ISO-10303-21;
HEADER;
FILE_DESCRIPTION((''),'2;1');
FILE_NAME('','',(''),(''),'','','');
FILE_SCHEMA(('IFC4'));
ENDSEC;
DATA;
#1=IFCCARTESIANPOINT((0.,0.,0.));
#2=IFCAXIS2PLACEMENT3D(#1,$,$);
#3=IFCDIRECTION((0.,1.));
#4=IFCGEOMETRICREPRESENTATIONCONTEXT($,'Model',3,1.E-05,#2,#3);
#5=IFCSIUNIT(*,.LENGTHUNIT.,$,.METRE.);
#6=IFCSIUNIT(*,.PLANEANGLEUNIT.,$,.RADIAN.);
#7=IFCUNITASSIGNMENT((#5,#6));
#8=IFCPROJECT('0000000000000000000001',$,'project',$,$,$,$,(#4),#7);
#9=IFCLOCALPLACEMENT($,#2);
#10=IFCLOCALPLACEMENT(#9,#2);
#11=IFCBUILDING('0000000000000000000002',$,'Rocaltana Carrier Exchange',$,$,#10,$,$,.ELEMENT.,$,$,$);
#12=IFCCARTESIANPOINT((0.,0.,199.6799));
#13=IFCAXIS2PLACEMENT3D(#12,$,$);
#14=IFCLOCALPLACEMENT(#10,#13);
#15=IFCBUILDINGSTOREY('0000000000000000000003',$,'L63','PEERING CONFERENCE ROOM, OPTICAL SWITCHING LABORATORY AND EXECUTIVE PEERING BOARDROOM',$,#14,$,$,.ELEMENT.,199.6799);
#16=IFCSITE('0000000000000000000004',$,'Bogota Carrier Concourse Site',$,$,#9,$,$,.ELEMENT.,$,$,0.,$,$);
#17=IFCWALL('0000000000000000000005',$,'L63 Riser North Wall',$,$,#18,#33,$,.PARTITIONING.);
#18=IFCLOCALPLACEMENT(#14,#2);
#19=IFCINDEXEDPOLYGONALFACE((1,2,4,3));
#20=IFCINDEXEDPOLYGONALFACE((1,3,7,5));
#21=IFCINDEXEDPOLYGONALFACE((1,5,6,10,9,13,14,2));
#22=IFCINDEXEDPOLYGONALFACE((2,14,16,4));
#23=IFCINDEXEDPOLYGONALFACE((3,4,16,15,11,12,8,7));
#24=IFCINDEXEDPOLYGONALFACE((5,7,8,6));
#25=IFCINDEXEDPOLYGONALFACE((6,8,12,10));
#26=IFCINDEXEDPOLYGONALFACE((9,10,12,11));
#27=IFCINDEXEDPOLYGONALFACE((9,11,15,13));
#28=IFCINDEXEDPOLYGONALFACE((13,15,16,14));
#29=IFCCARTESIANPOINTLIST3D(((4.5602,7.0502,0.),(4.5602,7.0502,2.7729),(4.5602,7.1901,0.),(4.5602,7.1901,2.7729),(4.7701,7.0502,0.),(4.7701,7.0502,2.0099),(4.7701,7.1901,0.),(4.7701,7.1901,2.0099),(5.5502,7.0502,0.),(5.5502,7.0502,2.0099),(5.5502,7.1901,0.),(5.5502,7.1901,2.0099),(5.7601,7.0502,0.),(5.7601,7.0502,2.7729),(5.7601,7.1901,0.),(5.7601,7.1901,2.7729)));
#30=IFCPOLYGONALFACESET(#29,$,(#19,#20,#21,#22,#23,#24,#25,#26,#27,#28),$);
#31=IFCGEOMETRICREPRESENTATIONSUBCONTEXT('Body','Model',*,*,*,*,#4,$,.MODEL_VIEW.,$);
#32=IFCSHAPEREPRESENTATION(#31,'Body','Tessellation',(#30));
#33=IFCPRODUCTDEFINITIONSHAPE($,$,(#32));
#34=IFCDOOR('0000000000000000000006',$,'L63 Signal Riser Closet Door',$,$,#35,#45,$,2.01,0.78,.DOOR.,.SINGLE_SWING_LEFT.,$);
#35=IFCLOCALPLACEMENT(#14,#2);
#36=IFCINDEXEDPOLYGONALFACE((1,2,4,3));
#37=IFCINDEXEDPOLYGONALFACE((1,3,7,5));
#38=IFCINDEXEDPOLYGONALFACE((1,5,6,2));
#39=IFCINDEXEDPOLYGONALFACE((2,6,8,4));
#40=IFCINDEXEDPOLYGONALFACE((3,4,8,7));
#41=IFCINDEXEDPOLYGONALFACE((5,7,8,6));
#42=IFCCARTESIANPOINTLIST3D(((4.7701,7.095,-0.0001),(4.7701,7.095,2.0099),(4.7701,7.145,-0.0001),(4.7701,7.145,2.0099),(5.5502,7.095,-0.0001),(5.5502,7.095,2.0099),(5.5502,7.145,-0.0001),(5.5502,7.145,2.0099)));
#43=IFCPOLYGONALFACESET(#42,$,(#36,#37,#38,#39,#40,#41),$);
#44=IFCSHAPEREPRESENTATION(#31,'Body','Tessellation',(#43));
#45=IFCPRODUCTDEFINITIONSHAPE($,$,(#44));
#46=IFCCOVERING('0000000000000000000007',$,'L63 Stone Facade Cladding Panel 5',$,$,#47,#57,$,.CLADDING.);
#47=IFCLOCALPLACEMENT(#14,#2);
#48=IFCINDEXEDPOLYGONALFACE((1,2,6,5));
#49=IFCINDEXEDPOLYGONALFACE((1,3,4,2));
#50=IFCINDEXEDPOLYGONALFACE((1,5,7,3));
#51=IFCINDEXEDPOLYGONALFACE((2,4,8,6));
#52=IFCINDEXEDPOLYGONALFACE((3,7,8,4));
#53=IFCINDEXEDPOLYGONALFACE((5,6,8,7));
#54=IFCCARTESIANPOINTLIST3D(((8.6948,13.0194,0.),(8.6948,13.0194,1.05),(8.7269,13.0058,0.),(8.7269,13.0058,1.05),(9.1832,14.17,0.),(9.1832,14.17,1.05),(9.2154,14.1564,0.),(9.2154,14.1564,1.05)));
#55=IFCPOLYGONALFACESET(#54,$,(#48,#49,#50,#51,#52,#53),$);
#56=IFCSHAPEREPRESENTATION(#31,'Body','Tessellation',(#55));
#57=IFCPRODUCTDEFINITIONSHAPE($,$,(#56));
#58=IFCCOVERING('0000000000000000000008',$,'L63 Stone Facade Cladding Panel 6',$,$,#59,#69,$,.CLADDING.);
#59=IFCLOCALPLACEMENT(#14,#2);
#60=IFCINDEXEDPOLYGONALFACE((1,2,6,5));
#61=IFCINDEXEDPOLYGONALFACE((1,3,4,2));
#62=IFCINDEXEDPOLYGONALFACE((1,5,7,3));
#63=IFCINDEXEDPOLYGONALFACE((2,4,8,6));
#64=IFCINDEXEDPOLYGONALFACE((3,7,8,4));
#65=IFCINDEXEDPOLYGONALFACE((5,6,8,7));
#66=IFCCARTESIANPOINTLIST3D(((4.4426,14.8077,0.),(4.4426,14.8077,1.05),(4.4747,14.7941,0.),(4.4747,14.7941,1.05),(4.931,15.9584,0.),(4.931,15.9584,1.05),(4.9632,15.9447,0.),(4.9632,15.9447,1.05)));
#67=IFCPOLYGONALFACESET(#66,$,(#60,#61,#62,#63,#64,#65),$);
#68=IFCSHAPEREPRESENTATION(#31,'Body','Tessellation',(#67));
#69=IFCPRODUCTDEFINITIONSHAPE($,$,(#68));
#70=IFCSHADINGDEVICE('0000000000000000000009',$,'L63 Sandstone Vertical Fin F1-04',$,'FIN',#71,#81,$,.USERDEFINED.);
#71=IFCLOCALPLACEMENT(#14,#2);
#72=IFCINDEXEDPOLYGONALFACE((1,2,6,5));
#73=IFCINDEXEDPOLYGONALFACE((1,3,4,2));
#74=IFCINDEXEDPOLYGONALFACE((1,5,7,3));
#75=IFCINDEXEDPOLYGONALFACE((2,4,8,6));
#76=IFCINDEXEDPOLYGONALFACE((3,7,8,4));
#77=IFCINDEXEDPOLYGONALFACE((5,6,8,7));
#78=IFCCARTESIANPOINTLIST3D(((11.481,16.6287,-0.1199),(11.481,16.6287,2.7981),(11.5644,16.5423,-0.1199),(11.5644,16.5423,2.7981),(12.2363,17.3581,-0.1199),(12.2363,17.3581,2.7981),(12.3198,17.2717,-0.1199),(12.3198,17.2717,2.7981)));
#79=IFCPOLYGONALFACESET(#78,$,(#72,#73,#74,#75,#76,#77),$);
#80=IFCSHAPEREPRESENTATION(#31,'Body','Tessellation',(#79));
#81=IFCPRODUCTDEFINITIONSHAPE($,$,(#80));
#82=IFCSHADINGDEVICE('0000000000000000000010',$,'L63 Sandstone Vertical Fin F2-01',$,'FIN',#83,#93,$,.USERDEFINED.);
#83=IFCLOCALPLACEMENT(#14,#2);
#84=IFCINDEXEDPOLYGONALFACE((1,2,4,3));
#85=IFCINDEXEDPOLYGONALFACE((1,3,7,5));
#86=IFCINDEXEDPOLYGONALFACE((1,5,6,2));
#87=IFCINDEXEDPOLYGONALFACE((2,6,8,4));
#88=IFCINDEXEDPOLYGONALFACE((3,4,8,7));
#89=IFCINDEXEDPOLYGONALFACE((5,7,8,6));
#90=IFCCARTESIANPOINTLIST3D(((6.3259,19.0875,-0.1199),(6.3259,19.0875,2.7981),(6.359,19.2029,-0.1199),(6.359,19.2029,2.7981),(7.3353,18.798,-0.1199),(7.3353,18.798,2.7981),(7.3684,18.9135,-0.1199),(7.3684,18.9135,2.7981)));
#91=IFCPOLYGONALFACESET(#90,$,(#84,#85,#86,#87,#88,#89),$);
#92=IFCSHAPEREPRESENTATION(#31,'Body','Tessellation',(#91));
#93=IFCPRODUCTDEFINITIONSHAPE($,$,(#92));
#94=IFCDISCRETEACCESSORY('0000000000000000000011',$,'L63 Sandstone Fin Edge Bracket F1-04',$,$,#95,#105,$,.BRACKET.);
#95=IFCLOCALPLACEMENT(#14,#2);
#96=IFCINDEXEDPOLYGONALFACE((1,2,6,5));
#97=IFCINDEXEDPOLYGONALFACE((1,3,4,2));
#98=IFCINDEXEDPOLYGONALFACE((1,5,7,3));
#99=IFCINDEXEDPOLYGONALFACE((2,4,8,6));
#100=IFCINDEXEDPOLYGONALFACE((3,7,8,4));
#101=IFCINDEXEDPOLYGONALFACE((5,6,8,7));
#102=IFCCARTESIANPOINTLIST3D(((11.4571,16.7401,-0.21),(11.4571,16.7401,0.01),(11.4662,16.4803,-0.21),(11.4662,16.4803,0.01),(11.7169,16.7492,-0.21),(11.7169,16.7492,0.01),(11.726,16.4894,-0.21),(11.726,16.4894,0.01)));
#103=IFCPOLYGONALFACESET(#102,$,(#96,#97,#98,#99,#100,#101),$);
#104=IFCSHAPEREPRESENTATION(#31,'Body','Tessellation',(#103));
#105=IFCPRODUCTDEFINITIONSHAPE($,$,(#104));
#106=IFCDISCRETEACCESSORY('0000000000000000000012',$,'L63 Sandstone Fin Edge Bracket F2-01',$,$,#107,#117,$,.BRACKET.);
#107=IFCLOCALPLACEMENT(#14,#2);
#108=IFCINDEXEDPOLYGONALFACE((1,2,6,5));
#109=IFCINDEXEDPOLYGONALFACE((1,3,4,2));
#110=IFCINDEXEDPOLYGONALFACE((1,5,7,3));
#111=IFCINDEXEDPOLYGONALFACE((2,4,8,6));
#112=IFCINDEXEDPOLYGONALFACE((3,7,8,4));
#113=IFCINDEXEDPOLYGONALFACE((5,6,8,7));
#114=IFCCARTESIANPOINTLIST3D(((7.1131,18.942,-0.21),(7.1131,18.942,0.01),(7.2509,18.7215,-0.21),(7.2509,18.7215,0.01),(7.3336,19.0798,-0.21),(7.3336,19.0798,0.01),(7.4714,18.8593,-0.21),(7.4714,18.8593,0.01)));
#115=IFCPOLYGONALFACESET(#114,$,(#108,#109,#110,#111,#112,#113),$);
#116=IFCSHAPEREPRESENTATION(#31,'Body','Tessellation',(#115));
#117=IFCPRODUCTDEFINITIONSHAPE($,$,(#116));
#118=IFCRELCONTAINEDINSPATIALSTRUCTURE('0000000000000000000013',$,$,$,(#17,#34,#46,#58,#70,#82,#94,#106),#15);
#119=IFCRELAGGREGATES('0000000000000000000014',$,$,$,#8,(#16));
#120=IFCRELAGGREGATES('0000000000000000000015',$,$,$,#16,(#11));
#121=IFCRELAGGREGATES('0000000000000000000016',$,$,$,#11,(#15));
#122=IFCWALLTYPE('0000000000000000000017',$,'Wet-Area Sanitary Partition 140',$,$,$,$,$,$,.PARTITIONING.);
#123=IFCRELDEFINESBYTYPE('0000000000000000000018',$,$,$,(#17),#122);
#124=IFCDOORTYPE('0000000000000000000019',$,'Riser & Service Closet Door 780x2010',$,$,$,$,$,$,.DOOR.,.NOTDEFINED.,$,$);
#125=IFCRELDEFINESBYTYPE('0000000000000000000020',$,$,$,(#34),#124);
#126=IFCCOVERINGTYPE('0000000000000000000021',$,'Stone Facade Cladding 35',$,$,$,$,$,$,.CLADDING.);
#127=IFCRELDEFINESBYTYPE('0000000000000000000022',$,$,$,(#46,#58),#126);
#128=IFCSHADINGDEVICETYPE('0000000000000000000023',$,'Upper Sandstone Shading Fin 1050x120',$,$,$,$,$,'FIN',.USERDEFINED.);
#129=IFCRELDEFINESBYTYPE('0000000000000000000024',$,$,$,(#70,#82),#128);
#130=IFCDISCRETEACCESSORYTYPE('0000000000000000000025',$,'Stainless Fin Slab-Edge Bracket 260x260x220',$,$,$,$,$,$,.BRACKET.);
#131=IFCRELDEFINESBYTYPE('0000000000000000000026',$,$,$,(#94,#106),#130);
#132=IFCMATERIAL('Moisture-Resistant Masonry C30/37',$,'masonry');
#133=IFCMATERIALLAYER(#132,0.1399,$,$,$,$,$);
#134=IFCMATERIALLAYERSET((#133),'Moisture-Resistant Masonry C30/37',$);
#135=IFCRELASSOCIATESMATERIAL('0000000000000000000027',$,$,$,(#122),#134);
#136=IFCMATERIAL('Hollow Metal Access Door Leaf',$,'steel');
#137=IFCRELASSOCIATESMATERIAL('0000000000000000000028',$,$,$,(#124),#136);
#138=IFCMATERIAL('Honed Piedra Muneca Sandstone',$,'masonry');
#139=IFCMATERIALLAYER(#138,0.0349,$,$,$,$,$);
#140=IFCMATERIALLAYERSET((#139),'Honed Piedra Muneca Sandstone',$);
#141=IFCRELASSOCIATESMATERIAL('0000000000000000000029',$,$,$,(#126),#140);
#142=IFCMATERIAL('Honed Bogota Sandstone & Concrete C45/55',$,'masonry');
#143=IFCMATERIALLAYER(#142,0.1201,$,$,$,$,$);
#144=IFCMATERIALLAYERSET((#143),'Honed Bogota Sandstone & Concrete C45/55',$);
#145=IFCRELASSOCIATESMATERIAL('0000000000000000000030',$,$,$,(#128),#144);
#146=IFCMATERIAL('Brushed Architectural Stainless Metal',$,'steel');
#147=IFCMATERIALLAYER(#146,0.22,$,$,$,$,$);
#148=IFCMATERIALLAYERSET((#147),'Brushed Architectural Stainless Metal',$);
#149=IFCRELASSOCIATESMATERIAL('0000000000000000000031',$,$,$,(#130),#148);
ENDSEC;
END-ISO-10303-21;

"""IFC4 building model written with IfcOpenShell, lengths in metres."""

from ifc_helpers import new_model, si_unit, direction, frame, frame_2d, origin, origin_2d, place, context, subcontext, project, spatial, rectangle, extrude, material, layer, layer_set, type_object, element, fill, save


model = new_model("IFC4")

# Units and contexts
model_context = context("Model", 3, precision=1e-05, world=origin(), true_north=direction((0.0, 1.0)))
body_context = subcontext(model_context, "Body", "Model", "MODEL_VIEW")
ifc_project = project(units=[si_unit("LENGTHUNIT", "METRE"), si_unit("PLANEANGLEUNIT", "RADIAN")], contexts=[model_context])

# Site, building, storey
site_placement = place(None, origin())
site = spatial("IfcSite", under=ifc_project, at=site_placement, Name="Bogota Carrier Concourse Site", CompositionType="ELEMENT", RefElevation=0.0)
building_placement = place(site_placement, origin())
building = spatial("IfcBuilding", under=site, at=building_placement, Name="Rocaltana Carrier Exchange", CompositionType="ELEMENT")
storey_placement = place(building_placement, frame((0.0, 0.0, 199.6799)))
storey = spatial("IfcBuildingStorey", under=building, at=storey_placement, Name="L63", Description="PEERING CONFERENCE ROOM, OPTICAL SWITCHING LABORATORY AND EXECUTIVE PEERING BOARDROOM", CompositionType="ELEMENT", Elevation=199.6799)

# Wall, opening, door
ifc_material_1 = material(Name="Moisture-Resistant Masonry C30/37", Category="masonry")
ifc_layer_1 = layer(ifc_material_1, 0.1399)
ifc_layer_set_1 = layer_set([ifc_layer_1], Name="Moisture-Resistant Masonry C30/37")
wall_type_1 = type_object("IfcWallType", Name="Wet-Area Sanitary Partition 140", PredefinedType="PARTITIONING", material=ifc_layer_set_1)
wall_1_placement = place(storey_placement, frame((4.5601, 7.1201, 0.0), z_axis=(0.0, 0.0, 1.0), x_axis=(1.0, 0.0, 0.0)))
wall_1 = element("IfcWall", 1, at=wall_1_placement, inside=storey, type_object=wall_type_1, Name="L63 Riser North Wall", PredefinedType="PARTITIONING", context=body_context, shape_type="SweptSolid", body=[
    extrude(rectangle(XDim=1.2, YDim=0.1399, at=frame_2d((0.6001, 0.0))), origin(), (0.0, 0.0, 1.0), 2.7729),
])
opening_1_placement = place(wall_1_placement, frame((0.21, 0.0, 0.0)))
opening_1 = element("IfcOpeningElement", 2, at=opening_1_placement, cuts=wall_1, PredefinedType="OPENING", context=body_context, shape_type="SweptSolid", body=[
    extrude(rectangle(XDim=0.78, YDim=2.01, at=frame_2d((0.3901, 1.0049))), frame((0.0, 0.0798, 0.0), z_axis=(0.0, -1.0, 0.0), x_axis=(1.0, 0.0, 0.0)), (0.0, 0.0, 1.0), 0.1599),
])
ifc_material_2 = material(Name="Hollow Metal Access Door Leaf", Category="steel")
door_type_1 = type_object("IfcDoorType", Name="Riser & Service Closet Door 780x2010", OperationType="NOTDEFINED", PredefinedType="DOOR", material=ifc_material_2)
door_1_placement = place(opening_1_placement, origin())
door_1 = element("IfcDoor", 3, at=door_1_placement, inside=storey, type_object=door_type_1, Name="L63 Signal Riser Closet Door", OperationType="SINGLE_SWING_LEFT", OverallHeight=2.01, OverallWidth=0.78, PredefinedType="DOOR", context=body_context, shape_type="SweptSolid", body=[
    extrude(rectangle(XDim=0.78, YDim=2.01, at=frame_2d((0.3901, 1.0049))), frame((0.0, 0.0249, 0.0), z_axis=(0.0, -1.0, 0.0), x_axis=(1.0, 0.0, 0.0)), (0.0, 0.0, 1.0), 0.05),
])
fill(opening_1, door_1)

# Coverings
ifc_material_3 = material(Name="Honed Piedra Muneca Sandstone", Category="masonry")
ifc_layer_2 = layer(ifc_material_3, 0.0349)
ifc_layer_set_2 = layer_set([ifc_layer_2], Name="Honed Piedra Muneca Sandstone")
covering_type = type_object("IfcCoveringType", Name="Stone Facade Cladding 35", PredefinedType="CLADDING", material=ifc_layer_set_2)
for number, where, z_axis, x_axis, name in (
    (4, (8.9551, 13.5879, 0.0), (0.0, 0.0, 1.0), (0.390731, 0.920505, 0.0), "L63 Stone Facade Cladding Panel 5"),
    (5, (4.7029, 15.3762, 0.0), (0.0, 0.0, 1.0), (0.390731, 0.920505, 0.0), "L63 Stone Facade Cladding Panel 6"),
):
    element("IfcCovering", number, at=place(storey_placement, frame(where, z_axis=z_axis, x_axis=x_axis)), inside=storey, type_object=covering_type, Name=name, PredefinedType="CLADDING", context=body_context, shape_type="SweptSolid", body=[
        extrude(rectangle(XDim=1.25, YDim=0.0349, at=origin_2d()), origin(), (0.0, 0.0, 1.0), 1.05),
    ])

# Shading devices
ifc_material_4 = material(Name="Honed Bogota Sandstone & Concrete C45/55", Category="masonry")
ifc_layer_3 = layer(ifc_material_4, 0.1201)
ifc_layer_set_3 = layer_set([ifc_layer_3], Name="Honed Bogota Sandstone & Concrete C45/55")
shading_device_type = type_object("IfcShadingDeviceType", Name="Upper Sandstone Shading Fin 1050x120", ElementType="FIN", PredefinedType="USERDEFINED", material=ifc_layer_set_3)
for number, where, z_axis, x_axis, name in (
    (6, (11.9004, 16.9502, -0.1199), (0.0, 0.0, 1.0), (0.71934, 0.694658, 0.0), "L63 Sandstone Vertical Fin F1-04"),
    (7, (6.8472, 19.0005, -0.1199), (0.0, 0.0, 1.0), (-0.961262, 0.275637, 0.0), "L63 Sandstone Vertical Fin F2-01"),
):
    element("IfcShadingDevice", number, at=place(storey_placement, frame(where, z_axis=z_axis, x_axis=x_axis)), inside=storey, type_object=shading_device_type, Name=name, ObjectType="FIN", PredefinedType="USERDEFINED", context=body_context, shape_type="SweptSolid", body=[
        extrude(rectangle(XDim=1.05, YDim=0.1201, at=origin_2d()), origin(), (0.0, 0.0, 1.0), 2.918),
    ])

# Discrete accessories
ifc_material_5 = material(Name="Brushed Architectural Stainless Metal", Category="steel")
ifc_layer_4 = layer(ifc_material_5, 0.22)
ifc_layer_set_4 = layer_set([ifc_layer_4], Name="Brushed Architectural Stainless Metal")
discrete_accessory_type = type_object("IfcDiscreteAccessoryType", Name="Stainless Fin Slab-Edge Bracket 260x260x220", PredefinedType="BRACKET", material=ifc_layer_set_4)
for number, where, z_axis, x_axis, name in (
    (8, (11.5916, 16.6147, -0.21), (0.0, 0.0, 1.0), (-0.034899, 0.999391, 0.0), "L63 Sandstone Fin Edge Bracket F1-04"),
    (9, (7.2922, 18.9006, -0.21), (0.0, 0.0, 1.0), (-0.848048, -0.529919, 0.0), "L63 Sandstone Fin Edge Bracket F2-01"),
):
    element("IfcDiscreteAccessory", number, at=place(storey_placement, frame(where, z_axis=z_axis, x_axis=x_axis)), inside=storey, type_object=discrete_accessory_type, Name=name, PredefinedType="BRACKET", context=body_context, shape_type="SweptSolid", body=[
        extrude(rectangle(XDim=0.26, YDim=0.26, at=origin_2d()), origin(), (0.0, 0.0, 1.0), 0.22),
    ])

save(model, "model.ifc")
